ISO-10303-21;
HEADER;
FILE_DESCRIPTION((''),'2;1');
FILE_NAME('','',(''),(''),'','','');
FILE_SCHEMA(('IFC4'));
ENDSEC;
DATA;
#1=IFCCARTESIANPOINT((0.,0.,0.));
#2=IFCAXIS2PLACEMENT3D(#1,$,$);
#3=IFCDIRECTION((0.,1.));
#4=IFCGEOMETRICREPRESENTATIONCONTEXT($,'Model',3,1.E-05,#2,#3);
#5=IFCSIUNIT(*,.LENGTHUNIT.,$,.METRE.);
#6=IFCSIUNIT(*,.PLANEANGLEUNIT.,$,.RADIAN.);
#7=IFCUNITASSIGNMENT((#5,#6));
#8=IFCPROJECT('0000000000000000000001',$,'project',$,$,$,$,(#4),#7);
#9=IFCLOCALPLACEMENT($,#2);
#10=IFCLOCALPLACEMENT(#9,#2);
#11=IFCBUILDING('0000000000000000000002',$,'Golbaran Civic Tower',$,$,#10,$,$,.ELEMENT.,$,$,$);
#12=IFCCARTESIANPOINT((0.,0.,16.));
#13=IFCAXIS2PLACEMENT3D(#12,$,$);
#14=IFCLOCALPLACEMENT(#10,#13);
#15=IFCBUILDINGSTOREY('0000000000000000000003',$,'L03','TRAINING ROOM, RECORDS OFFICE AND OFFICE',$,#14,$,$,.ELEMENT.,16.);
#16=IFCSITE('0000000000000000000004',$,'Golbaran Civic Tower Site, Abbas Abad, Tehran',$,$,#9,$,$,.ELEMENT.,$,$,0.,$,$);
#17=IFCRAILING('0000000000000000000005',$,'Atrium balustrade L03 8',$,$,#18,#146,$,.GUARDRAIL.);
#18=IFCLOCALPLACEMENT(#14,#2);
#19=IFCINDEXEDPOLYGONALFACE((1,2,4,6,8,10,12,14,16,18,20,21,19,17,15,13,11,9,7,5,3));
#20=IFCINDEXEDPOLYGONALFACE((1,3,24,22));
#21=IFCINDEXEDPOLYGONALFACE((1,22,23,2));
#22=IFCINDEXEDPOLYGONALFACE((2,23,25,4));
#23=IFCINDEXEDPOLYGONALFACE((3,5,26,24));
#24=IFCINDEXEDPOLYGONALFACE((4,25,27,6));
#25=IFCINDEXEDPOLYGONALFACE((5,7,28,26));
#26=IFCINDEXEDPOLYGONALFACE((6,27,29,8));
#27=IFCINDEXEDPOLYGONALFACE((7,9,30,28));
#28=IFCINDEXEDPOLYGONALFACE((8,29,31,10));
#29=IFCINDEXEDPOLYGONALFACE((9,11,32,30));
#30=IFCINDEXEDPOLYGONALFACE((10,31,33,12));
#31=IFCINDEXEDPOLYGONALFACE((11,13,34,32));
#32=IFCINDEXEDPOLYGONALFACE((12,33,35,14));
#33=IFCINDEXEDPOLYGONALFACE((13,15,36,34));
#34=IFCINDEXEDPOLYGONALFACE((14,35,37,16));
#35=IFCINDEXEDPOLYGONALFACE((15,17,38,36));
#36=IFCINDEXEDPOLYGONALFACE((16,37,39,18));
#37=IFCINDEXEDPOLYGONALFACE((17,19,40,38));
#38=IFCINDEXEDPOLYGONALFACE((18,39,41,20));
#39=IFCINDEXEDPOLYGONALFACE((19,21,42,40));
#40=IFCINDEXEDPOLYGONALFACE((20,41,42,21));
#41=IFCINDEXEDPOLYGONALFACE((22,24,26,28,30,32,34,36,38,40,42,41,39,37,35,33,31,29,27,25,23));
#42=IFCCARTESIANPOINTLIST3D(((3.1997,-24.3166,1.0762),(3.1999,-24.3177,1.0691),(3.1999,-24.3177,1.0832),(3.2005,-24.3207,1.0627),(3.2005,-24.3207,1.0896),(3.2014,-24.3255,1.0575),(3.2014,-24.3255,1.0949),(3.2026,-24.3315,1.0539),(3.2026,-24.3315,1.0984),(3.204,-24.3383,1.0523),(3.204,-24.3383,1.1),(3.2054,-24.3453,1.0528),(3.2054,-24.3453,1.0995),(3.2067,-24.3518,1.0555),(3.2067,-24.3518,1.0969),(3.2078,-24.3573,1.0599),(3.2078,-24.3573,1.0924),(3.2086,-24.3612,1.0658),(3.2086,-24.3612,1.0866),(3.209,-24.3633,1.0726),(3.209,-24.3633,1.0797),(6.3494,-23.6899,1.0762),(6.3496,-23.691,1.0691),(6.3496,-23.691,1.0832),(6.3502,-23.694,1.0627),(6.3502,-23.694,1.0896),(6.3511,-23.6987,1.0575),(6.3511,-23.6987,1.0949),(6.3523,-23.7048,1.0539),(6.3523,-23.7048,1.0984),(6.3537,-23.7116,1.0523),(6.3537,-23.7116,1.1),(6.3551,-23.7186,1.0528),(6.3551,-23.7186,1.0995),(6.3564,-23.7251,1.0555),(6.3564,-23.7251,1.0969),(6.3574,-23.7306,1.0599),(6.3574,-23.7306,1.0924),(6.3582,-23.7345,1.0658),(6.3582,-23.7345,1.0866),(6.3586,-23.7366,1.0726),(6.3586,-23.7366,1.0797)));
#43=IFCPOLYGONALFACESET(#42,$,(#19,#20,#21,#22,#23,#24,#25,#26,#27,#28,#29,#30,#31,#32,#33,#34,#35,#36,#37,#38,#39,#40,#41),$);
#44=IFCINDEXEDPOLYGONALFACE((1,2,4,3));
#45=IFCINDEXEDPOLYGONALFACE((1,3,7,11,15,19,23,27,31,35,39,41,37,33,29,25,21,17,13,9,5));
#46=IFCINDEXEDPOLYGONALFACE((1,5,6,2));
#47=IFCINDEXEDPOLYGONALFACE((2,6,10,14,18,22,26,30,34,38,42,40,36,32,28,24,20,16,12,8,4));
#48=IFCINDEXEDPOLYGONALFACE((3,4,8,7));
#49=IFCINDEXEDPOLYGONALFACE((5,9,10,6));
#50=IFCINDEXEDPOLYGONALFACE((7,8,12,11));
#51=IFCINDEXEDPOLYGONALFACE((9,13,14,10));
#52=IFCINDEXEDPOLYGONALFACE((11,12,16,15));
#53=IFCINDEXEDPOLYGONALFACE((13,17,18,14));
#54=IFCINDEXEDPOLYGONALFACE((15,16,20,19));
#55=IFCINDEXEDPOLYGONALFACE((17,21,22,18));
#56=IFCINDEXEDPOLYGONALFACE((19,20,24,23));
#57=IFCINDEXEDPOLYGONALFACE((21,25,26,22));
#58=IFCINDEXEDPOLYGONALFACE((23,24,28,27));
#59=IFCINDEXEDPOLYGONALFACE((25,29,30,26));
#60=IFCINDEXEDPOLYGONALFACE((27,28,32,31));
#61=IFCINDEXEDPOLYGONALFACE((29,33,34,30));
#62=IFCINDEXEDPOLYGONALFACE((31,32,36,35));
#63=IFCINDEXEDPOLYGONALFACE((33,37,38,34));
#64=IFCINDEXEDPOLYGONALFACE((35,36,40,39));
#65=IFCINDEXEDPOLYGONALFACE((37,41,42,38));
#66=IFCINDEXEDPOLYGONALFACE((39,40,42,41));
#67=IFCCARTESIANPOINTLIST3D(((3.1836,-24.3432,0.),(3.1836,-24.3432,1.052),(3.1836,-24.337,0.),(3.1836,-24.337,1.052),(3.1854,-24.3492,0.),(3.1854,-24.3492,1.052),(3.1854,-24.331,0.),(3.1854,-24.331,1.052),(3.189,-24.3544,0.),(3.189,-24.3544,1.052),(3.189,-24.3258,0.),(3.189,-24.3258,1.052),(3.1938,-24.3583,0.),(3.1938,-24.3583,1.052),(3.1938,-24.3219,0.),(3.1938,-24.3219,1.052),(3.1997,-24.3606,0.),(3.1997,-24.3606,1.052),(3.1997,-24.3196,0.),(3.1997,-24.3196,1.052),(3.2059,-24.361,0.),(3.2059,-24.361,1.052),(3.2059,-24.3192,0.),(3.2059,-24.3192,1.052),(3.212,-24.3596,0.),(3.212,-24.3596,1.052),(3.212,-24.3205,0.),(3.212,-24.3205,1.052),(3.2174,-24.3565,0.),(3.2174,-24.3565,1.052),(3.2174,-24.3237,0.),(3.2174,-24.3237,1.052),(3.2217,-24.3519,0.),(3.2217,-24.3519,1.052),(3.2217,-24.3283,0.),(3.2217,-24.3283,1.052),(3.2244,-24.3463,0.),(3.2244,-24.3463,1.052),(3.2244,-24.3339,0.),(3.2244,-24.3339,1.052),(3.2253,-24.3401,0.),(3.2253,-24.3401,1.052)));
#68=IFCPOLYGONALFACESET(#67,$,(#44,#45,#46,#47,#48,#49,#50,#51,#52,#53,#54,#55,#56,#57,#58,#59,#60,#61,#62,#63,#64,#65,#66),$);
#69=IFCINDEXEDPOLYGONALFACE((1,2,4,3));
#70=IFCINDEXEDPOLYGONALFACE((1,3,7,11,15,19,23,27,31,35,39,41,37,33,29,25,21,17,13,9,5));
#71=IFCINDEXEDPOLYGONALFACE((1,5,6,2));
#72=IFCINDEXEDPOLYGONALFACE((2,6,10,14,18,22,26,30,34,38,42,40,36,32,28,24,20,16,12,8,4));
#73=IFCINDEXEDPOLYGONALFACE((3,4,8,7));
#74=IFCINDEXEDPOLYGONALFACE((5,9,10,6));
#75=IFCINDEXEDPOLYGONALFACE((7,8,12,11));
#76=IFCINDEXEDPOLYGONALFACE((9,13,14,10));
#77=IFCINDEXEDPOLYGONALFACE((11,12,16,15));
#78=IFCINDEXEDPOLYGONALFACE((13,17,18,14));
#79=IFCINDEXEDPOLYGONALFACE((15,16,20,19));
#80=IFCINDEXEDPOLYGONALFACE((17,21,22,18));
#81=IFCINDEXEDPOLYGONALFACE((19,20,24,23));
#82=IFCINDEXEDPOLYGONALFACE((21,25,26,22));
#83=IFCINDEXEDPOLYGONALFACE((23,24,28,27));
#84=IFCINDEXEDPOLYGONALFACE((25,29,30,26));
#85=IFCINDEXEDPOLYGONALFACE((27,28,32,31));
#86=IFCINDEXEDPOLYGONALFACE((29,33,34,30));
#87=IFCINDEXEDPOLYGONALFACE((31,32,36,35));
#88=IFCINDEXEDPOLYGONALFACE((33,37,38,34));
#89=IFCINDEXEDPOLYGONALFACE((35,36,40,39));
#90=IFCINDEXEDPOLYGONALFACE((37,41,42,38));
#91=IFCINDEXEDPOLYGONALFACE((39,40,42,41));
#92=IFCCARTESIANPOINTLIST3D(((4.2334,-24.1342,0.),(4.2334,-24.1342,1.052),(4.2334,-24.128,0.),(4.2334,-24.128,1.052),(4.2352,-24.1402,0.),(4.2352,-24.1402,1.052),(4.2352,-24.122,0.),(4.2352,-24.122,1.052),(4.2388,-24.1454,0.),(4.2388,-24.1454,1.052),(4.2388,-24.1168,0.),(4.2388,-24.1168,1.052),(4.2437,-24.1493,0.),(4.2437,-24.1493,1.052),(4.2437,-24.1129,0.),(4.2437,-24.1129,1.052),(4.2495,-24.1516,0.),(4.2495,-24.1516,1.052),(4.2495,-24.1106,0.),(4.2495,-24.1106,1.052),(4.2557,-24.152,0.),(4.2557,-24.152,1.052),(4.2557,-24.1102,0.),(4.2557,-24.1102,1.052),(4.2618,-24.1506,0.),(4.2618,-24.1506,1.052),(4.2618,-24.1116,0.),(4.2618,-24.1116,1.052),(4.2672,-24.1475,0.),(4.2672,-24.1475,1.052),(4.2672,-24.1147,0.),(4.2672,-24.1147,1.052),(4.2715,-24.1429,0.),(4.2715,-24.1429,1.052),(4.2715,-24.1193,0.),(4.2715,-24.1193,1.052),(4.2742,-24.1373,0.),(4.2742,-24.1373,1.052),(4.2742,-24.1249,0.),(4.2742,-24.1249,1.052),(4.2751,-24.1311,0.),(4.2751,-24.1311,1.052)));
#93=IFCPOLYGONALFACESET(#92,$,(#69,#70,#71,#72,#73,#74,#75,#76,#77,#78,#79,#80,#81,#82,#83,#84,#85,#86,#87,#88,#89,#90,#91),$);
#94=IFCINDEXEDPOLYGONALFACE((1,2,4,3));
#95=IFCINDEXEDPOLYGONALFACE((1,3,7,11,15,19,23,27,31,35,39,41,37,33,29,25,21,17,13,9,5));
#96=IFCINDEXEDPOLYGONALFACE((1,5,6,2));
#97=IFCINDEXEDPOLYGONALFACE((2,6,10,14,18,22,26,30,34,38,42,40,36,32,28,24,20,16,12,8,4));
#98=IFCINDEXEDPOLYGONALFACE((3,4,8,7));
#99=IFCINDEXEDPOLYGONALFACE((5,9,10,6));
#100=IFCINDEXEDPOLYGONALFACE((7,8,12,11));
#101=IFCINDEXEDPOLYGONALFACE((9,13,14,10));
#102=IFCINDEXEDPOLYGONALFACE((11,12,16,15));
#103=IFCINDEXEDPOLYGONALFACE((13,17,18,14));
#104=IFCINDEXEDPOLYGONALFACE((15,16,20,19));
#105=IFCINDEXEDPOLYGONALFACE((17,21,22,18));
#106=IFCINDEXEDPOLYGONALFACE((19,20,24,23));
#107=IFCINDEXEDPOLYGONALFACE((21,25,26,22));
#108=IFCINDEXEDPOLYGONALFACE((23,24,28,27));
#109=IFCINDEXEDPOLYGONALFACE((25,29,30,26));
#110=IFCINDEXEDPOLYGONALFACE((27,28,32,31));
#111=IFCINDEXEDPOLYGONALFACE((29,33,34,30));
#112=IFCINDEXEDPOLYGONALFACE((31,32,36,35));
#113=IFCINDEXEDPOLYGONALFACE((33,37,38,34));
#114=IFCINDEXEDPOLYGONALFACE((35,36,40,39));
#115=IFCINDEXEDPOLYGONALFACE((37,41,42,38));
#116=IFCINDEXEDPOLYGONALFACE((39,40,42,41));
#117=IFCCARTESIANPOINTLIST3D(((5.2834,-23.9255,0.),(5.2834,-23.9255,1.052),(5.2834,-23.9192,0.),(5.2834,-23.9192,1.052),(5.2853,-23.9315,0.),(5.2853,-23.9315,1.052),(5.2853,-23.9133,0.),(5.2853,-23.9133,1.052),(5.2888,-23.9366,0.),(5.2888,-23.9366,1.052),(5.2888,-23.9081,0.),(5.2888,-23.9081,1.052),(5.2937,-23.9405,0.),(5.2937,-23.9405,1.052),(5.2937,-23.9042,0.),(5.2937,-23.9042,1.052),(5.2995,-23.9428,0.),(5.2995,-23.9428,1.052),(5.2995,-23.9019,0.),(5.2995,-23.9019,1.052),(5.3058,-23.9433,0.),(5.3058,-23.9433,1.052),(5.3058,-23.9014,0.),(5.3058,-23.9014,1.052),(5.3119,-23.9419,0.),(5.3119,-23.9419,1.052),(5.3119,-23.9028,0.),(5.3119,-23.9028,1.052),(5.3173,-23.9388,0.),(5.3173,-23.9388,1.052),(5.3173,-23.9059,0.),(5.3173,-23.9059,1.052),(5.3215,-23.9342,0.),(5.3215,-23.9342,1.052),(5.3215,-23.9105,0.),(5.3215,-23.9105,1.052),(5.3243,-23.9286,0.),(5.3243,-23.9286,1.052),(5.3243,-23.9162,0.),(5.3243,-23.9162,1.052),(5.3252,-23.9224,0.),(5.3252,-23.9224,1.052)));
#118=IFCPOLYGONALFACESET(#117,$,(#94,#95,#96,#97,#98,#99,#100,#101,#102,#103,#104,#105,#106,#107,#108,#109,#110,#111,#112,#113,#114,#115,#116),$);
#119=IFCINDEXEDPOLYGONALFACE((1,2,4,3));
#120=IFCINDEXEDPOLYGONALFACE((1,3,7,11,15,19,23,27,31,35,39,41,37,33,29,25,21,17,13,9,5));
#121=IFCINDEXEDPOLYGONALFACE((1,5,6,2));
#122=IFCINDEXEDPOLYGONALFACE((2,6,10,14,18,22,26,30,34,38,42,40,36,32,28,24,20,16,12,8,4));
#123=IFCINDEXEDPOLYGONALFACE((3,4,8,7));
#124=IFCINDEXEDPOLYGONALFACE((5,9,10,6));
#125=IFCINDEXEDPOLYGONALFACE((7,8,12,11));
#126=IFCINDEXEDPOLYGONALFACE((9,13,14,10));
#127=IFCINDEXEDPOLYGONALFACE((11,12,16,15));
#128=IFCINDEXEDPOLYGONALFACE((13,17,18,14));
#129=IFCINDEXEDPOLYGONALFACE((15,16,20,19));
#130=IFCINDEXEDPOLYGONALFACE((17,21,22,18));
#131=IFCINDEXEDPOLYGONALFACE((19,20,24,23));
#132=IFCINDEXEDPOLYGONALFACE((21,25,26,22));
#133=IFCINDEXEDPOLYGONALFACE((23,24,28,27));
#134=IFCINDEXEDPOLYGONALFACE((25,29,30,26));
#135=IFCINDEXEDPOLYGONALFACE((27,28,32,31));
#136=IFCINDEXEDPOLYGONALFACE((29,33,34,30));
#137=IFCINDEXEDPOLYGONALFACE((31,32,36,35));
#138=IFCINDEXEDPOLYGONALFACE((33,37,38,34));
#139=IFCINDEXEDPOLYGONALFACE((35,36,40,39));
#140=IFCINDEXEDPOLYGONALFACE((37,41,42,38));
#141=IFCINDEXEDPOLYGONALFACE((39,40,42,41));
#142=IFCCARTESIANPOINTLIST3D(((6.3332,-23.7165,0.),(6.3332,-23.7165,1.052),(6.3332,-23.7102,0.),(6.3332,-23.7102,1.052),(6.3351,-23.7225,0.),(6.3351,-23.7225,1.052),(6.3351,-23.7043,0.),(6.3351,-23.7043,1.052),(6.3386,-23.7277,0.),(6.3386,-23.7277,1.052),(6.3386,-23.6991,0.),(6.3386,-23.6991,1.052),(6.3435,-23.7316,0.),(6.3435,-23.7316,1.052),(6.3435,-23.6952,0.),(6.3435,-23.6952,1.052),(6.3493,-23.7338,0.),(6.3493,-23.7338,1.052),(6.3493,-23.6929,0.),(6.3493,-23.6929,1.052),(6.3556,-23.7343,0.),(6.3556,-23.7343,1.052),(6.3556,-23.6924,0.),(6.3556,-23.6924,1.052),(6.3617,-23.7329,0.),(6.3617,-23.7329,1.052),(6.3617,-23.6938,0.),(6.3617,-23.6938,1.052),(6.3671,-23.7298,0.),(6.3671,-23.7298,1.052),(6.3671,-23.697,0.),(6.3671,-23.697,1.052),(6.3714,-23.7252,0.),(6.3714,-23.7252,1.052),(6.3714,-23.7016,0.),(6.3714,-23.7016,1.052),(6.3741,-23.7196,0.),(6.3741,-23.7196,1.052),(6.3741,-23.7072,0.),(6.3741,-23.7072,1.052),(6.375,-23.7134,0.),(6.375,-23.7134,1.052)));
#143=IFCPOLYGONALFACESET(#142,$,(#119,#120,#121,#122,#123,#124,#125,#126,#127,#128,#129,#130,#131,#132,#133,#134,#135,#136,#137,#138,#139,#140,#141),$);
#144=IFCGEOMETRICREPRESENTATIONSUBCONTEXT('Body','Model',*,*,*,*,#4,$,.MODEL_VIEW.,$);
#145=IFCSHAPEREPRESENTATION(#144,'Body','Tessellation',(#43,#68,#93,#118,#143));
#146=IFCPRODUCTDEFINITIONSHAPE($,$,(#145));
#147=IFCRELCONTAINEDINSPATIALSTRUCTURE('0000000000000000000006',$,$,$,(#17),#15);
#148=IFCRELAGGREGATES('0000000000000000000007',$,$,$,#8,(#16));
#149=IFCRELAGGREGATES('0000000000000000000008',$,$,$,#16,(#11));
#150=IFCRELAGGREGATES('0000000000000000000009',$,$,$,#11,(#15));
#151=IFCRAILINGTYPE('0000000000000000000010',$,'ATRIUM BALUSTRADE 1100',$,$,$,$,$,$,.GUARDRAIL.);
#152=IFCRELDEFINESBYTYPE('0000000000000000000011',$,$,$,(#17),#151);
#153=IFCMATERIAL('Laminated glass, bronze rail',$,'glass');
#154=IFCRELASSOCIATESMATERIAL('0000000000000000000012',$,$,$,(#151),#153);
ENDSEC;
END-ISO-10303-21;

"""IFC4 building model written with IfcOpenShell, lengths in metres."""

from ifc_helpers import new_model, si_unit, direction, frame, origin, origin_2d, place, context, subcontext, project, spatial, circle, extrude, material, type_object, element, save


model = new_model("IFC4")

# Units and contexts
model_context = context("Model", 3, precision=1e-05, world=origin(), true_north=direction((0.0, 1.0)))
body_context = subcontext(model_context, "Body", "Model", "MODEL_VIEW")
ifc_project = project(units=[si_unit("LENGTHUNIT", "METRE"), si_unit("PLANEANGLEUNIT", "RADIAN")], contexts=[model_context])

# Site, building, storey
site_placement = place(None, origin())
site = spatial("IfcSite", under=ifc_project, at=site_placement, Name="Golbaran Civic Tower Site, Abbas Abad, Tehran", CompositionType="ELEMENT", RefElevation=0.0)
building_placement = place(site_placement, origin())
building = spatial("IfcBuilding", under=site, at=building_placement, Name="Golbaran Civic Tower", CompositionType="ELEMENT")
storey_placement = place(building_placement, frame((0.0, 0.0, 16.0)))
storey = spatial("IfcBuildingStorey", under=building, at=storey_placement, Name="L03", Description="TRAINING ROOM, RECORDS OFFICE AND OFFICE", CompositionType="ELEMENT", Elevation=16.0)

# Railing
ifc_material_1 = material(Name="Laminated glass, bronze rail", Category="glass")
railing_type = type_object("IfcRailingType", Name="ATRIUM BALUSTRADE 1100", PredefinedType="GUARDRAIL", material=ifc_material_1)
railing_1_placement = place(storey_placement, frame((3.2043, -24.3401, 0.0)))
element("IfcRailing", 1, at=railing_1_placement, inside=storey, type_object=railing_type, Name="Atrium balustrade L03 8", PredefinedType="GUARDRAIL", context=body_context, shape_type="SweptSolid", body=[
    extrude(circle(Radius=0.0239, at=origin_2d()), frame((0.0, 0.0, 1.0762), z_axis=(0.980773, 0.195151, 0.0), x_axis=(-0.195151, 0.980773, 0.0)), (0.0, 0.0, 1.0), 3.2114),
    extrude(circle(Radius=0.021, at=origin_2d()), origin(), (0.0, 0.0, 1.0), 1.052),
    extrude(circle(Radius=0.021, at=origin_2d()), frame((1.0498, 0.209, 0.0)), (0.0, 0.0, 1.0), 1.052),
    extrude(circle(Radius=0.021, at=origin_2d()), frame((2.0999, 0.4177, 0.0)), (0.0, 0.0, 1.0), 1.052),
    extrude(circle(Radius=0.021, at=origin_2d()), frame((3.1497, 0.6267, 0.0)), (0.0, 0.0, 1.0), 1.052),
])

save(model, "model.ifc")
